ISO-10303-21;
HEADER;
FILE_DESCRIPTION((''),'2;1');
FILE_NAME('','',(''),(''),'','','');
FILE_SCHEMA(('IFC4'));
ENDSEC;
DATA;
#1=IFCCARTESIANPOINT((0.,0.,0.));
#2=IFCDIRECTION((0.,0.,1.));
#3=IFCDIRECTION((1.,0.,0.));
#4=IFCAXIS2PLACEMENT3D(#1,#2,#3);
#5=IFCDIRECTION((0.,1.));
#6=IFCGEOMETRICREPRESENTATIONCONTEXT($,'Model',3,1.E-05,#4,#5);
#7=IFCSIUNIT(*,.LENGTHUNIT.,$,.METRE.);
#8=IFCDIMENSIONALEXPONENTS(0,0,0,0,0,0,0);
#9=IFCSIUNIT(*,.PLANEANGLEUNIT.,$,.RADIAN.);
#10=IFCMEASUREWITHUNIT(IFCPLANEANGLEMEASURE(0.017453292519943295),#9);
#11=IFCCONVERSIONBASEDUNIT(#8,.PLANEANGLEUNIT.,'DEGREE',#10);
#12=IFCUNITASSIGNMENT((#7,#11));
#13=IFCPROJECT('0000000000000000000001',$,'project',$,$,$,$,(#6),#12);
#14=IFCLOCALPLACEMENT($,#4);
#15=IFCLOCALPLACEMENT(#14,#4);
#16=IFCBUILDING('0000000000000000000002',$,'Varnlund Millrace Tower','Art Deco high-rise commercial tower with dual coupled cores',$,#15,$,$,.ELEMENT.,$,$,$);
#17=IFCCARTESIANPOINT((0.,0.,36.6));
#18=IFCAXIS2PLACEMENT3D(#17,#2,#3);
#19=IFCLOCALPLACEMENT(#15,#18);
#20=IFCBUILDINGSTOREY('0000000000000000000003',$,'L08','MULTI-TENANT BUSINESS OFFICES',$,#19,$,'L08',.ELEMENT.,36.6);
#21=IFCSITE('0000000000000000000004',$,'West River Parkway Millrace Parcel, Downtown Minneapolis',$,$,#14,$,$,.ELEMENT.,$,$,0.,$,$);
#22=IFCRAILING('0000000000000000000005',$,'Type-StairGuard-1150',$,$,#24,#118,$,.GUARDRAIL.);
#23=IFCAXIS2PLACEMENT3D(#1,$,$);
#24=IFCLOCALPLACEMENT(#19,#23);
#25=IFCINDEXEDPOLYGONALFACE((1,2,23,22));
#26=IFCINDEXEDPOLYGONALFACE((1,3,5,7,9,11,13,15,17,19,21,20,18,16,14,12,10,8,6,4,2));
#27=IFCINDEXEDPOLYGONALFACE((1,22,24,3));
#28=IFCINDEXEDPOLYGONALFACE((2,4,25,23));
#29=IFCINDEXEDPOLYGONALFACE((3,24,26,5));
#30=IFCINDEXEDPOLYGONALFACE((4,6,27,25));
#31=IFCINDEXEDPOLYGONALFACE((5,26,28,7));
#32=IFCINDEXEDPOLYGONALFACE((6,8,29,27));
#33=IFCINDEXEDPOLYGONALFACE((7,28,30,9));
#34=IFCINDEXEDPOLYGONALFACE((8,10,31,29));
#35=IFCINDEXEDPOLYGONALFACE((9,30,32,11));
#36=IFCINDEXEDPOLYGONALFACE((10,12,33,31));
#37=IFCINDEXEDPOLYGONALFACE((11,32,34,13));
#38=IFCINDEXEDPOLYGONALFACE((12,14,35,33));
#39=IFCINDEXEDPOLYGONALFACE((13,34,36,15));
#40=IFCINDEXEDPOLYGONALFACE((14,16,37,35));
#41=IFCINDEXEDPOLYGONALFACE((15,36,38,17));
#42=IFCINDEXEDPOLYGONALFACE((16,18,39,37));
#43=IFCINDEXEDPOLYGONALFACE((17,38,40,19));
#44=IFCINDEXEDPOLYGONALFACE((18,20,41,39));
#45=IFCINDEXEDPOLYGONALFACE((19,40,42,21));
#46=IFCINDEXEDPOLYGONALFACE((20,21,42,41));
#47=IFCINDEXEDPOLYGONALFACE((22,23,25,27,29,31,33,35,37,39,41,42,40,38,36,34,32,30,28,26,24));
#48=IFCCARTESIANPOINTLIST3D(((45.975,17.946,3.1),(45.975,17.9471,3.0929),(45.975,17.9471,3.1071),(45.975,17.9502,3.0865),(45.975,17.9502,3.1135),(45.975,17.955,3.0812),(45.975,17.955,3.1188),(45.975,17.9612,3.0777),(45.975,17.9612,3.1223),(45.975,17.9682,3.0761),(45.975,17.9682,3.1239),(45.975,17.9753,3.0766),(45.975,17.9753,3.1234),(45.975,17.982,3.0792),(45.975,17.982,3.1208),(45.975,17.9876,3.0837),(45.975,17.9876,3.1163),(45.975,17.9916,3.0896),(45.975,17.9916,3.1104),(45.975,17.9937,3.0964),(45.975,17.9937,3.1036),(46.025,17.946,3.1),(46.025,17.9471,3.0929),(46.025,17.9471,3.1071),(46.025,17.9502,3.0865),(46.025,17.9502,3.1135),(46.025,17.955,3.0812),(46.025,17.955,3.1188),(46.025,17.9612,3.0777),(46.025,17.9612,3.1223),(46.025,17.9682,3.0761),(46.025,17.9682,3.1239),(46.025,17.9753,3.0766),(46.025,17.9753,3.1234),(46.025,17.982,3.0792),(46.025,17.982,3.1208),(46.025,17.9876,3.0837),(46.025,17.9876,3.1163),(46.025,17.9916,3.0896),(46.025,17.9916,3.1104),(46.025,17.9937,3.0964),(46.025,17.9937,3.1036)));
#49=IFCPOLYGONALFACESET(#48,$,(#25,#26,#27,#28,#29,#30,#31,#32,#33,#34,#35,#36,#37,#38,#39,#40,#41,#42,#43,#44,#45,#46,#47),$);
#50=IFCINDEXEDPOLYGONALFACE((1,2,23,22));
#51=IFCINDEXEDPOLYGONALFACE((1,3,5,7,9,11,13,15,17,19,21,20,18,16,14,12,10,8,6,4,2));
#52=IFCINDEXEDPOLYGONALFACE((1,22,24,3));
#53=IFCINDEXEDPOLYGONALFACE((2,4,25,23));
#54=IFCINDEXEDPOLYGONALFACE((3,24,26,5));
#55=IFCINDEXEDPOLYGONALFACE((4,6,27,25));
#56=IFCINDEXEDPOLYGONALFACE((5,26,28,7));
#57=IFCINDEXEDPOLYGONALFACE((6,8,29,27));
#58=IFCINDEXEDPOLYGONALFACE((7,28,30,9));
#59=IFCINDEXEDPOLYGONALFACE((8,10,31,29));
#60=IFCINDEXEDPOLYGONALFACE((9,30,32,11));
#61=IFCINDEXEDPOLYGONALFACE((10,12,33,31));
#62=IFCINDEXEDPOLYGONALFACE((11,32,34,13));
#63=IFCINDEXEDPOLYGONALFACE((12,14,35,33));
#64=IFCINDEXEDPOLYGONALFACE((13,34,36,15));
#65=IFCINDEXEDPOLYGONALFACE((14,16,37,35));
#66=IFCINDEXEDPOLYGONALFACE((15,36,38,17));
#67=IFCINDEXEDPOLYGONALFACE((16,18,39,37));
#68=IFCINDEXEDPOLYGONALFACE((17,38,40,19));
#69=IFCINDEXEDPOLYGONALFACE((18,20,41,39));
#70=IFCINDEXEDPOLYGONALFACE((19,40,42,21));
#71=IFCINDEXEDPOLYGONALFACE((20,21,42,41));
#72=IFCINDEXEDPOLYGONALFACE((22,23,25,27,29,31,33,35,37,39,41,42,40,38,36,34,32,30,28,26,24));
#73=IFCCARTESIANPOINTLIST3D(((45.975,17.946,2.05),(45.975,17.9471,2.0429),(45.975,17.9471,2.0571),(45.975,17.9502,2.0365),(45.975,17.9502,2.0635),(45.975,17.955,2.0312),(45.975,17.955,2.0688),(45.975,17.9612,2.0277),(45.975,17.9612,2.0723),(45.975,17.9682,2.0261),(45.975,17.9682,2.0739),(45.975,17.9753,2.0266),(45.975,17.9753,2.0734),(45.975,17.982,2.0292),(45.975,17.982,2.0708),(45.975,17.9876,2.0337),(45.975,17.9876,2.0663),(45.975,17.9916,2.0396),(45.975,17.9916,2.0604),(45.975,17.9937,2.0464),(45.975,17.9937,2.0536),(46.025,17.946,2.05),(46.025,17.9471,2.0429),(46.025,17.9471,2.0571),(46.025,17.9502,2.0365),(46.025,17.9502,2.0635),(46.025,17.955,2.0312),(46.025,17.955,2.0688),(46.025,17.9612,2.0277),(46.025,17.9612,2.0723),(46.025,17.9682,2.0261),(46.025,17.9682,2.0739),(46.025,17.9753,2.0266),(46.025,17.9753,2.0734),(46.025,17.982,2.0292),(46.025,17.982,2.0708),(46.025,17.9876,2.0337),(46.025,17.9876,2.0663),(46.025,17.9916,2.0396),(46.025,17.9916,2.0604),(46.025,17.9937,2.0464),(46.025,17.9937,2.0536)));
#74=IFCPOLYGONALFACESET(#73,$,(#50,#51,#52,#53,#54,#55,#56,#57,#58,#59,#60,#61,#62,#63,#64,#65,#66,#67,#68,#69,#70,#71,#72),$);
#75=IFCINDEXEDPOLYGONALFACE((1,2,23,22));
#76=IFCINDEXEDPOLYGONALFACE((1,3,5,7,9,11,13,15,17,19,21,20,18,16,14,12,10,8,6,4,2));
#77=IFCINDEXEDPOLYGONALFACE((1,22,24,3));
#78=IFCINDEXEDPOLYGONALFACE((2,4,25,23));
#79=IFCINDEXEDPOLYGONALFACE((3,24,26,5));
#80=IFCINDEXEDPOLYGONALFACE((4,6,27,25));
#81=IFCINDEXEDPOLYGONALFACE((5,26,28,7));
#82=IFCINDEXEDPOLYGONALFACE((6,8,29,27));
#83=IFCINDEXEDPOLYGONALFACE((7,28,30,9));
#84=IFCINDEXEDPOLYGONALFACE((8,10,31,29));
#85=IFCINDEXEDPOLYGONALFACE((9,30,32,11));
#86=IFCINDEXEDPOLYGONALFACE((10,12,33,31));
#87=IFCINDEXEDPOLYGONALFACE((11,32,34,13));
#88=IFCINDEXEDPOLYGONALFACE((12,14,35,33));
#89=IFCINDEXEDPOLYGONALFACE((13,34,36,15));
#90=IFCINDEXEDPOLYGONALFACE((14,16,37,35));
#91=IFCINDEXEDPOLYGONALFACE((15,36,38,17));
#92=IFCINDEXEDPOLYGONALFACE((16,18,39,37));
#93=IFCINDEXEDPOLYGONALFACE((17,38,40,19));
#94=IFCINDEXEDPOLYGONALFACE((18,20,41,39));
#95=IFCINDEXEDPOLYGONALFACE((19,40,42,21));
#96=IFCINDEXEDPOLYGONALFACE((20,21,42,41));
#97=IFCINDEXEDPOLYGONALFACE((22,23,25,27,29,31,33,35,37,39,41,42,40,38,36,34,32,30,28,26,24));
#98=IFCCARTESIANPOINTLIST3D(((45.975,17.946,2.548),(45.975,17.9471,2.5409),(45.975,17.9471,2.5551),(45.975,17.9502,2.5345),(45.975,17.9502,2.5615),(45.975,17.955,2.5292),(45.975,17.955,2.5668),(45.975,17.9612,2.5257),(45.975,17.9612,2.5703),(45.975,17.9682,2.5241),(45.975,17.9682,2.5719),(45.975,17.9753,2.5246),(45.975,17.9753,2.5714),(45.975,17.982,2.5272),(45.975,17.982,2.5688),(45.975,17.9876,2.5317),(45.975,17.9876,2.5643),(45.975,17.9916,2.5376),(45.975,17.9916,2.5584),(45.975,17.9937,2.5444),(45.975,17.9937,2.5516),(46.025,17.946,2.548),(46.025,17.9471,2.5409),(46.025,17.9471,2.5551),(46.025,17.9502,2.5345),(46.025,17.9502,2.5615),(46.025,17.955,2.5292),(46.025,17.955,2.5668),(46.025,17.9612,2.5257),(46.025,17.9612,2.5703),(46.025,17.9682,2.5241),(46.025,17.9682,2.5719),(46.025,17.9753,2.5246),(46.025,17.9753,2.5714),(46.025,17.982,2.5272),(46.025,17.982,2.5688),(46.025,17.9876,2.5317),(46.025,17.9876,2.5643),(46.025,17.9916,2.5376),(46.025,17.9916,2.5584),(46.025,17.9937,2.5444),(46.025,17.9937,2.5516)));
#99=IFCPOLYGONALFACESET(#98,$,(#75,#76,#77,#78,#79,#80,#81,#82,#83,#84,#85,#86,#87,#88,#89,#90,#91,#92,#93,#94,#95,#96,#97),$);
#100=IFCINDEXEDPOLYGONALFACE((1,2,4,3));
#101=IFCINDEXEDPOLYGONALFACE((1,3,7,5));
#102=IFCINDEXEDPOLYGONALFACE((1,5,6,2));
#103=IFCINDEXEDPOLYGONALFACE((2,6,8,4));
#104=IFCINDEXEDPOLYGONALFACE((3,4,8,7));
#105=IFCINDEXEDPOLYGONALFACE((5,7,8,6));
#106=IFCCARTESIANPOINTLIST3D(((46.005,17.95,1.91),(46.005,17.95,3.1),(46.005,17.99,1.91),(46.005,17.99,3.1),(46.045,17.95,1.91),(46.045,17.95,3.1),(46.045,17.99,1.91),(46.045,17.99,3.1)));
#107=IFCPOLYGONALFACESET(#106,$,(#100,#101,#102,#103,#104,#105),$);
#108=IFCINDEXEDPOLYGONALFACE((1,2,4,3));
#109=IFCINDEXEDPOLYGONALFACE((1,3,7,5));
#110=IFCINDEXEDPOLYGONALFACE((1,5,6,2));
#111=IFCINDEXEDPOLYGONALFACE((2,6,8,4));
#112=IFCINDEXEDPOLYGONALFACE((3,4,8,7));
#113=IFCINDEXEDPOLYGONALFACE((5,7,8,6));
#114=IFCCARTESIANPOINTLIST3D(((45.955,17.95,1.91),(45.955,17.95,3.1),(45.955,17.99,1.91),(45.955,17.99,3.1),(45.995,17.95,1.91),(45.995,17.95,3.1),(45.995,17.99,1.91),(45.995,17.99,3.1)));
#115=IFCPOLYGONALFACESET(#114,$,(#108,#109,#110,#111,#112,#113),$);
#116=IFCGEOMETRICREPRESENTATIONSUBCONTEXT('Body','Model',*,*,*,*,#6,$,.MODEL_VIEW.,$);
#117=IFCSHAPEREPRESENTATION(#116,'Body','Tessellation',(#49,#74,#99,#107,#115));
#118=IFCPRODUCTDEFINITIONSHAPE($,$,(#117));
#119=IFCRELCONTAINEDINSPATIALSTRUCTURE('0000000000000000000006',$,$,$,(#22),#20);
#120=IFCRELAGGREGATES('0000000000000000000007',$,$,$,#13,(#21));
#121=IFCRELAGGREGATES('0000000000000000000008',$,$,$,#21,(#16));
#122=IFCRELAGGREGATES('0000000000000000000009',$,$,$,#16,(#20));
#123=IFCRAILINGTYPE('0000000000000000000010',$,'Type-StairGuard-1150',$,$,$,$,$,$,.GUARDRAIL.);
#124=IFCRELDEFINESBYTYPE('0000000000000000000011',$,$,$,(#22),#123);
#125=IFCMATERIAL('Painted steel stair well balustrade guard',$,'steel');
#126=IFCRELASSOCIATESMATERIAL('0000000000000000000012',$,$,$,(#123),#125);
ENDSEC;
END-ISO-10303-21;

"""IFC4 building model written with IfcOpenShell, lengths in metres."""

from ifc_helpers import new_model, entity, si_unit, converted_unit, direction, frame, origin_with_axes, origin_2d_with_axis, place, context, subcontext, project, spatial, rectangle, circle, extrude, material, type_object, element, save


model = new_model("IFC4")

# Units and contexts
model_context = context("Model", 3, precision=1e-05, world=origin_with_axes(), true_north=direction((0.0, 1.0)))
body_context = subcontext(model_context, "Body", "Model", "MODEL_VIEW")
ifc_project = project(units=[si_unit("LENGTHUNIT", "METRE"), converted_unit("PLANEANGLEUNIT", "DEGREE", entity("IfcPlaneAngleMeasure", 0.017453292519943295), si_unit("PLANEANGLEUNIT", "RADIAN"), dimensions=[0, 0, 0, 0, 0, 0, 0])], contexts=[model_context])

# Site, building, storey
site_placement = place(None, origin_with_axes())
site = spatial("IfcSite", under=ifc_project, at=site_placement, Name="West River Parkway Millrace Parcel, Downtown Minneapolis", CompositionType="ELEMENT", RefElevation=0.0)
building_placement = place(site_placement, origin_with_axes())
building = spatial("IfcBuilding", under=site, at=building_placement, Name="Varnlund Millrace Tower", Description="Art Deco high-rise commercial tower with dual coupled cores", CompositionType="ELEMENT")
storey_placement = place(building_placement, frame((0.0, 0.0, 36.6), z_axis=(0.0, 0.0, 1.0), x_axis=(1.0, 0.0, 0.0)))
storey = spatial("IfcBuildingStorey", under=building, at=storey_placement, Name="L08", Description="MULTI-TENANT BUSINESS OFFICES", LongName="L08", CompositionType="ELEMENT", Elevation=36.6)

# Railing
ifc_material_1 = material(Name="Painted steel stair well balustrade guard", Category="steel")
railing_type_1 = type_object("IfcRailingType", Name="Type-StairGuard-1150", PredefinedType="GUARDRAIL", material=ifc_material_1)
railing_1_placement = place(storey_placement, frame((0.0, 0.0, -36.6), z_axis=(0.0, 0.0, 1.0), x_axis=(1.0, 0.0, 0.0)))
element("IfcRailing", 1, at=railing_1_placement, inside=storey, type_object=railing_type_1, Name="Type-StairGuard-1150", PredefinedType="GUARDRAIL", context=body_context, shape_type="SweptSolid", body=[
    extrude(circle(Radius=0.024, at=origin_2d_with_axis()), frame((46.025, 17.97, 39.7), z_axis=(-1.0, 0.0, 0.0), x_axis=(0.0, -1.0, 0.0)), (0.0, 0.0, 1.0), 0.05),
    extrude(circle(Radius=0.024, at=origin_2d_with_axis()), frame((46.025, 17.97, 38.65), z_axis=(-1.0, 0.0, 0.0), x_axis=(0.0, -1.0, 0.0)), (0.0, 0.0, 1.0), 0.05),
    extrude(circle(Radius=0.024, at=origin_2d_with_axis()), frame((46.025, 17.97, 39.148), z_axis=(-1.0, 0.0, 0.0), x_axis=(0.0, -1.0, 0.0)), (0.0, 0.0, 1.0), 0.05),
    extrude(rectangle(XDim=0.04, YDim=0.04, at=origin_2d_with_axis()), frame((46.025, 17.97, 38.51), z_axis=(0.0, 0.0, 1.0), x_axis=(1.0, 0.0, 0.0)), (0.0, 0.0, 1.0), 1.19),
    extrude(rectangle(XDim=0.04, YDim=0.04, at=origin_2d_with_axis()), frame((45.975, 17.97, 38.51), z_axis=(0.0, 0.0, 1.0), x_axis=(1.0, 0.0, 0.0)), (0.0, 0.0, 1.0), 1.19),
])

save(model, "model.ifc")
